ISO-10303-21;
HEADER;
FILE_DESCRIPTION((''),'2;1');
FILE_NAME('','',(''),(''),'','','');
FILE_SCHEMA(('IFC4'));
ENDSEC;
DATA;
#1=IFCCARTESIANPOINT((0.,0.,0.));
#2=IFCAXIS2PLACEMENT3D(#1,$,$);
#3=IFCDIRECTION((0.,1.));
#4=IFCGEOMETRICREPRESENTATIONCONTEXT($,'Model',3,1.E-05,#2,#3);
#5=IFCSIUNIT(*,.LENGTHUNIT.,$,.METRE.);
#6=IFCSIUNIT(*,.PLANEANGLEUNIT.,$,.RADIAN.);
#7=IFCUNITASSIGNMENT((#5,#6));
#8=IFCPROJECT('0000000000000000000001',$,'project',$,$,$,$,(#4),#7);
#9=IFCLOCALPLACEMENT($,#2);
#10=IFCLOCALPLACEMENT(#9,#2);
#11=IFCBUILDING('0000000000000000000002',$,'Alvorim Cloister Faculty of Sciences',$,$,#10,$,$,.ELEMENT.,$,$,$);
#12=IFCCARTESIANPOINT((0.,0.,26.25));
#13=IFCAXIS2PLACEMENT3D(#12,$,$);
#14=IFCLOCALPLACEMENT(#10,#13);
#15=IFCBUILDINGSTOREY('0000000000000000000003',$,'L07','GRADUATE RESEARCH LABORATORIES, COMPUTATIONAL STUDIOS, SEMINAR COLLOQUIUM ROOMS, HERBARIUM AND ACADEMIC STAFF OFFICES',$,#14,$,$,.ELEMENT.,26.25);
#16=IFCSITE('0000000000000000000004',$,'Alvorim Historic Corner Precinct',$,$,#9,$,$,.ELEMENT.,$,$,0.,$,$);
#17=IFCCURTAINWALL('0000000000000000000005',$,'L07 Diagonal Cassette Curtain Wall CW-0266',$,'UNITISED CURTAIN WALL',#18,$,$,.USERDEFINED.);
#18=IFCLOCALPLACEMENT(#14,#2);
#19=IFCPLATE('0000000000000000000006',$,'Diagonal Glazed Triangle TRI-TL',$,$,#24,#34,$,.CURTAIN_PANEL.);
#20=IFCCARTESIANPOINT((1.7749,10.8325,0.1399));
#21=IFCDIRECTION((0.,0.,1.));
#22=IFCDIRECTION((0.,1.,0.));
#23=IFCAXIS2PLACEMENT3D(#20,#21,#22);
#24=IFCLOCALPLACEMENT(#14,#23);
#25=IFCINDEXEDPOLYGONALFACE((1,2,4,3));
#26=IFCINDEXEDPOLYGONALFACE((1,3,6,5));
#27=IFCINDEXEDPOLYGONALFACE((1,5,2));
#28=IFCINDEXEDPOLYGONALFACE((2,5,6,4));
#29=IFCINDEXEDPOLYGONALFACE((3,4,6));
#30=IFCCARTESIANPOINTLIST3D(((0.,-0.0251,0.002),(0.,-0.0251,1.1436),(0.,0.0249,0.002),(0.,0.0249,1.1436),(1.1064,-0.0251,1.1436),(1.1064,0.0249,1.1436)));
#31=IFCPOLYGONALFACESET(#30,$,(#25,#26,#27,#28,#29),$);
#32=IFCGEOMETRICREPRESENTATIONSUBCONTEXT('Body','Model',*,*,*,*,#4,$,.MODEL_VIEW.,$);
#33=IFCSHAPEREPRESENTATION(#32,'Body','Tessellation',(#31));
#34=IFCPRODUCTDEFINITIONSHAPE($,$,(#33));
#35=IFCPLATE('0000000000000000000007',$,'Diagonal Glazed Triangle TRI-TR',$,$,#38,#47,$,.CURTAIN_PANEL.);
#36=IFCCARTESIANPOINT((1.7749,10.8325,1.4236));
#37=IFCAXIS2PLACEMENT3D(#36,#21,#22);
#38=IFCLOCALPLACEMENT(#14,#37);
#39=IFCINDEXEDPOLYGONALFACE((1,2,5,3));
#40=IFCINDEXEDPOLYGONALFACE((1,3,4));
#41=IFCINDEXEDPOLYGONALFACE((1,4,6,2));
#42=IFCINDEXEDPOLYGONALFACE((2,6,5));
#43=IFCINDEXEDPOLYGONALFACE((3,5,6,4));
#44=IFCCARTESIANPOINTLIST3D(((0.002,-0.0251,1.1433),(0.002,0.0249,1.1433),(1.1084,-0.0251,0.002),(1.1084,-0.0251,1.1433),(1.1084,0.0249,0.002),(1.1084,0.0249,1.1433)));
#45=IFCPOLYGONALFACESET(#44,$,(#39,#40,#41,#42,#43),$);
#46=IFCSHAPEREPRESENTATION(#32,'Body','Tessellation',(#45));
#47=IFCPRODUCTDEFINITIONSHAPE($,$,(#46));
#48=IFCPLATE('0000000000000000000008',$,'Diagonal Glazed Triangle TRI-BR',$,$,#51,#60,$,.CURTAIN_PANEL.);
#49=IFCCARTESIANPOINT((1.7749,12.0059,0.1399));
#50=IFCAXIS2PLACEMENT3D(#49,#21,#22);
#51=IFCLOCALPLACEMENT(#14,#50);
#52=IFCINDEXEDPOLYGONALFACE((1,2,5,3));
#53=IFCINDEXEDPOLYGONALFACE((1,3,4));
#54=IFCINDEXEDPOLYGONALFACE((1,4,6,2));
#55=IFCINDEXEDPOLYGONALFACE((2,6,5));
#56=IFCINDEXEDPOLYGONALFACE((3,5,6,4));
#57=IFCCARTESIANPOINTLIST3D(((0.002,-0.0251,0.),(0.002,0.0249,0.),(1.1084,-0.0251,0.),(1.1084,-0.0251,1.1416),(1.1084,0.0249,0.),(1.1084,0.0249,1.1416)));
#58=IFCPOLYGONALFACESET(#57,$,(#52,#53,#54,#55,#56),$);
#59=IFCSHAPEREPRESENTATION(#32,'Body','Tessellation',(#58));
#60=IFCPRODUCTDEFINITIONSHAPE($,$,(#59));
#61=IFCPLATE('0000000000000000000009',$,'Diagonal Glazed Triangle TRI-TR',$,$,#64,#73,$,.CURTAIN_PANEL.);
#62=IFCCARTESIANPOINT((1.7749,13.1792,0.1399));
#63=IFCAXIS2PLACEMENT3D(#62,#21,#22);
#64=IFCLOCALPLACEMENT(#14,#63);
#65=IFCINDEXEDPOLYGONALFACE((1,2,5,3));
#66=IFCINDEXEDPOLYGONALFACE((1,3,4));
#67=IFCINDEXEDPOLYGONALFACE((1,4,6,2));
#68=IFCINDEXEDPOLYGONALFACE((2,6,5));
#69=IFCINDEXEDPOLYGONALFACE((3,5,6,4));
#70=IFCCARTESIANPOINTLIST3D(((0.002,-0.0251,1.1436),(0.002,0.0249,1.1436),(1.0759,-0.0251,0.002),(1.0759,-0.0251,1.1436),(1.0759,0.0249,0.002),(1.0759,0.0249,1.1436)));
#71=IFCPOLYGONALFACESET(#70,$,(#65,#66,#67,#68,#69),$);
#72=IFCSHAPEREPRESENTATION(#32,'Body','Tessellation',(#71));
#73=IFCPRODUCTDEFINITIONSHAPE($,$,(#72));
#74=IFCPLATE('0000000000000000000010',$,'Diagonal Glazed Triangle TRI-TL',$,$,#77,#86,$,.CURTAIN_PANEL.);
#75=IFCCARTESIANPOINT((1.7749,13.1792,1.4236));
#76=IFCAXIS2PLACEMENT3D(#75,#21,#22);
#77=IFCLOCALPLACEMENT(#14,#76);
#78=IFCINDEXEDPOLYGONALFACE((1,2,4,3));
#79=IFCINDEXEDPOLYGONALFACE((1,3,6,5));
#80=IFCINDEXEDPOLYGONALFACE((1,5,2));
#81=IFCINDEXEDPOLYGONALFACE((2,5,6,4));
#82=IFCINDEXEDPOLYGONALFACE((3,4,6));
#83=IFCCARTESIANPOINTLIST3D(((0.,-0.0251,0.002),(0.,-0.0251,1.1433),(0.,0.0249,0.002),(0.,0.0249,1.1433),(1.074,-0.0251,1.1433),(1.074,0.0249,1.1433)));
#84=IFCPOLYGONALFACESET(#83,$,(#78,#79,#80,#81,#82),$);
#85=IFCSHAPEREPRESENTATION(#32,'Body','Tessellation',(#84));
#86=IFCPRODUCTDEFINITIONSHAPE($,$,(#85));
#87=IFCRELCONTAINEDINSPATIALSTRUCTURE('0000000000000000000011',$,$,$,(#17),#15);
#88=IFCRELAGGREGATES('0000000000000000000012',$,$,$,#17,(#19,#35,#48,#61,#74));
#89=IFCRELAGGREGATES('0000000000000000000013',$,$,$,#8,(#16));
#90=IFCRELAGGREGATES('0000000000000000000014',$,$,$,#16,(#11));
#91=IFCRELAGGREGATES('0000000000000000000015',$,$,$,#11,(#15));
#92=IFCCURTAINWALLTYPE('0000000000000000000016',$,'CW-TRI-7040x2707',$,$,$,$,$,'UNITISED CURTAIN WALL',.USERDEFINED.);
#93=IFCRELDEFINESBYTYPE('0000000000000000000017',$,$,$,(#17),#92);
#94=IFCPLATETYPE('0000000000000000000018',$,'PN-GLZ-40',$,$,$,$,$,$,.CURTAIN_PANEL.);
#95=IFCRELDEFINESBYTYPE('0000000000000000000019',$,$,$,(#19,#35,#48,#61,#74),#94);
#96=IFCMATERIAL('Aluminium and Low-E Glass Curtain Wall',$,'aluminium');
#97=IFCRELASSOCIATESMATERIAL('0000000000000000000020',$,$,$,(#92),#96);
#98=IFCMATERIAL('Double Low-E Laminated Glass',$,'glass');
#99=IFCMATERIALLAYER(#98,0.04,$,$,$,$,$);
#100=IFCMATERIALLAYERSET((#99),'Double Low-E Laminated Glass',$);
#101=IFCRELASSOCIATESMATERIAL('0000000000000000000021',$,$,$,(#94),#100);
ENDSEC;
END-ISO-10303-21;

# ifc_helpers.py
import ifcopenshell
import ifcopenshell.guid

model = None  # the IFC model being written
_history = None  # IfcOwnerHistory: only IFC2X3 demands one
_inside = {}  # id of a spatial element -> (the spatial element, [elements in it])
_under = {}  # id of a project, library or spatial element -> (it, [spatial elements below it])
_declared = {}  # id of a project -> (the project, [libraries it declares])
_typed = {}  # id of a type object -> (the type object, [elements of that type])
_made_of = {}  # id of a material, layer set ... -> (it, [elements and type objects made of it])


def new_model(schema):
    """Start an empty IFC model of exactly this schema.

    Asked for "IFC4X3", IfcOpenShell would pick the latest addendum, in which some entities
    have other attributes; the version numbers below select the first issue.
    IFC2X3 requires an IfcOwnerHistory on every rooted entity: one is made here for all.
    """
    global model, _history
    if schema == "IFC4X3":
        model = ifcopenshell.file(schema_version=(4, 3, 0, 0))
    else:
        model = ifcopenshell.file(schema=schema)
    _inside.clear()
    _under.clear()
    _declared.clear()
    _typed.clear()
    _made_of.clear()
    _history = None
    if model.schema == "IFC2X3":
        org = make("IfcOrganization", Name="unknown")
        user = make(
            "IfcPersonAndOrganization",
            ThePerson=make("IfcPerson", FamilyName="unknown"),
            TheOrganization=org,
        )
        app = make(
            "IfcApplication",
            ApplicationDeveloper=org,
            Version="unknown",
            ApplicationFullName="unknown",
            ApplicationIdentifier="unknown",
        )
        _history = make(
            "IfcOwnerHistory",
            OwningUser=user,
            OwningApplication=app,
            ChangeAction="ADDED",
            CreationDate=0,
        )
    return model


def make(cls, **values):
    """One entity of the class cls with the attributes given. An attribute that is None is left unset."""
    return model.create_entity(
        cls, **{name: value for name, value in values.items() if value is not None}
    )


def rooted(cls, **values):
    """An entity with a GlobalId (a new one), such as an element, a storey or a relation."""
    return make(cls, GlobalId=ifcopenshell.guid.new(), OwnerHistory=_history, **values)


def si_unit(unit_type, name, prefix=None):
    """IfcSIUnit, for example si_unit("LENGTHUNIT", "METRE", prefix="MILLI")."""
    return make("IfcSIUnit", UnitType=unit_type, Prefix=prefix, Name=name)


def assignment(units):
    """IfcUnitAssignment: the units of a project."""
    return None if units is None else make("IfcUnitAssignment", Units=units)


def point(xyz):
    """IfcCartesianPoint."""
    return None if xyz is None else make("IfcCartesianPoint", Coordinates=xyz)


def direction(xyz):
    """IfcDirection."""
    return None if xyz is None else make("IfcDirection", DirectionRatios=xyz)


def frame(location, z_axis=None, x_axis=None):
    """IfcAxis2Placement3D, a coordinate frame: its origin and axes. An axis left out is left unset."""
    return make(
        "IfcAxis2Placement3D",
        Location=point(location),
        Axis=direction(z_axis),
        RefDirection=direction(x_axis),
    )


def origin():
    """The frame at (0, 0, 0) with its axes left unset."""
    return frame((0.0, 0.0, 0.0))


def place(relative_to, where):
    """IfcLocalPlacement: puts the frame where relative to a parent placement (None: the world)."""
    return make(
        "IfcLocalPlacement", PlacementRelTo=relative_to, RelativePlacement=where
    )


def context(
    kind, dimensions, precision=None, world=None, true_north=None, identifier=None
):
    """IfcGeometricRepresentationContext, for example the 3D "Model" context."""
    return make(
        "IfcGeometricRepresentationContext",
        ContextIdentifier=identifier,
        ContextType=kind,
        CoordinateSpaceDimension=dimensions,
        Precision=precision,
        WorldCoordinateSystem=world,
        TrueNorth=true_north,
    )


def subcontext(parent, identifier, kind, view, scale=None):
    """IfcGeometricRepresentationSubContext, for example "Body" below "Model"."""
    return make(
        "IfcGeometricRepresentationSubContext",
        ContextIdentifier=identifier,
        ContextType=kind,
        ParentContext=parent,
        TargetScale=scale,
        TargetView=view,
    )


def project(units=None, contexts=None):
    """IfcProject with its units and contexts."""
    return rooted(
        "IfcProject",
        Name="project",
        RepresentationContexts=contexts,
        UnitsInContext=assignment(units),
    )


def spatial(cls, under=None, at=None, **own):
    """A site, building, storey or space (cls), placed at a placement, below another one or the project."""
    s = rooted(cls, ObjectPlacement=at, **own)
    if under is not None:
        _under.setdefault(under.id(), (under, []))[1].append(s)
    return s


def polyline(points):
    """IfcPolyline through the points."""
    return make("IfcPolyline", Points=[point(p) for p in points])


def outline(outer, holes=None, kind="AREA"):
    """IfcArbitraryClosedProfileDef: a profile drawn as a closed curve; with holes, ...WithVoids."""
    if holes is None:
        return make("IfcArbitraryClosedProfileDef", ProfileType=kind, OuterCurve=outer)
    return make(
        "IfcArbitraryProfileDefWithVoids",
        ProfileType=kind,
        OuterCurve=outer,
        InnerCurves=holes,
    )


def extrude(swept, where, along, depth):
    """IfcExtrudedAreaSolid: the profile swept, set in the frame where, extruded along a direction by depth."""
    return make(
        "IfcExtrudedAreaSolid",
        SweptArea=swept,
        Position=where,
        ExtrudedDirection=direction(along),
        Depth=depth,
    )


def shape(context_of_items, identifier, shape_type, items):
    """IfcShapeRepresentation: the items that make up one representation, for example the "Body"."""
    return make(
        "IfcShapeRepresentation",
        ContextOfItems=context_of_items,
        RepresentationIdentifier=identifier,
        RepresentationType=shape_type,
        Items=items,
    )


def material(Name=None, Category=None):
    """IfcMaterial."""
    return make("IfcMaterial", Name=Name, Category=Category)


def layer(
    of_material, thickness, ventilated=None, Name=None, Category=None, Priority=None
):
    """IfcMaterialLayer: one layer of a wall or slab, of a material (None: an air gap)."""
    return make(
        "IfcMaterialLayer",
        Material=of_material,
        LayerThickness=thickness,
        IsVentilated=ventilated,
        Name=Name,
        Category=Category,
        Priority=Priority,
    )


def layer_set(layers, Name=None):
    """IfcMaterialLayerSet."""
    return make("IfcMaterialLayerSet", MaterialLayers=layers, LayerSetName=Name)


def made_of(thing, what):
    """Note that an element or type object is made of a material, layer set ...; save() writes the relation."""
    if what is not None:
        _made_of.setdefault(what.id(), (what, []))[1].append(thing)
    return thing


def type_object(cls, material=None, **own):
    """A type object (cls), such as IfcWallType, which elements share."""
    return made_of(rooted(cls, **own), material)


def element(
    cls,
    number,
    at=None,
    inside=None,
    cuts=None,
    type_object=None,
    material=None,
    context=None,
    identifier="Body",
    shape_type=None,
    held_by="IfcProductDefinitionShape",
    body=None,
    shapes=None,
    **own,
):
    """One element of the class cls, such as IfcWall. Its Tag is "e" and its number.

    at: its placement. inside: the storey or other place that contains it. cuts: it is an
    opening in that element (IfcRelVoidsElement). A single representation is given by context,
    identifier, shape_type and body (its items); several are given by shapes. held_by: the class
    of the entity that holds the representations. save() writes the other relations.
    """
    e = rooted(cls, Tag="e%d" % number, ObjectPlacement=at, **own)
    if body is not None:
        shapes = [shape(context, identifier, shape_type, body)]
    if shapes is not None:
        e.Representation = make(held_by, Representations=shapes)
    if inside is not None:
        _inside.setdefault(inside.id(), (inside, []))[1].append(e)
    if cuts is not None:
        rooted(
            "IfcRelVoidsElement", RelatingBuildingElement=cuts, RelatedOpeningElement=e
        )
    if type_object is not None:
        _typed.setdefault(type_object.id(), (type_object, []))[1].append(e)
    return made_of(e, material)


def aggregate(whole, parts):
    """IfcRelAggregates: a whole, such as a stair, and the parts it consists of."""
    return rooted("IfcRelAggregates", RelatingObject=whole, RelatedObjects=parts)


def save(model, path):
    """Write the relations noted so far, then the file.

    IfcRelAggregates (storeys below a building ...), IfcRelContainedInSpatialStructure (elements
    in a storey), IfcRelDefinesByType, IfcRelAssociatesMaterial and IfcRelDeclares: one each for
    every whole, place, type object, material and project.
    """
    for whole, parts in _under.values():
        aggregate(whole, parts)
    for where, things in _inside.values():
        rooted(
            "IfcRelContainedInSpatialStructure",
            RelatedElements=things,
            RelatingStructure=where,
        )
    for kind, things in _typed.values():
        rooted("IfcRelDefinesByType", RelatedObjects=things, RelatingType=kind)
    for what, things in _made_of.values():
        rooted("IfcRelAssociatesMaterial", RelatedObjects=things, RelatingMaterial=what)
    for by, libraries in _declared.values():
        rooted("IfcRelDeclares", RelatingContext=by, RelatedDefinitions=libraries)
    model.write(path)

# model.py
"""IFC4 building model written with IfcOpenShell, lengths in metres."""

from ifc_helpers import new_model, si_unit, direction, frame, origin, place, context, subcontext, project, spatial, polyline, outline, extrude, material, layer, layer_set, type_object, element, aggregate, save


model = new_model("IFC4")

# Units and contexts
model_context = context("Model", 3, precision=1e-05, world=origin(), true_north=direction((0.0, 1.0)))
body_context = subcontext(model_context, "Body", "Model", "MODEL_VIEW")
ifc_project = project(units=[si_unit("LENGTHUNIT", "METRE"), si_unit("PLANEANGLEUNIT", "RADIAN")], contexts=[model_context])

# Site, building, storey
site_placement = place(None, origin())
site = spatial("IfcSite", under=ifc_project, at=site_placement, Name="Alvorim Historic Corner Precinct", CompositionType="ELEMENT", RefElevation=0.0)
building_placement = place(site_placement, origin())
building = spatial("IfcBuilding", under=site, at=building_placement, Name="Alvorim Cloister Faculty of Sciences", CompositionType="ELEMENT")
storey_placement = place(building_placement, frame((0.0, 0.0, 26.25)))
storey = spatial("IfcBuildingStorey", under=building, at=storey_placement, Name="L07", Description="GRADUATE RESEARCH LABORATORIES, COMPUTATIONAL STUDIOS, SEMINAR COLLOQUIUM ROOMS, HERBARIUM AND ACADEMIC STAFF OFFICES", CompositionType="ELEMENT", Elevation=26.25)

# Curtain wall, plates
ifc_material_1 = material(Name="Aluminium and Low-E Glass Curtain Wall", Category="aluminium")
curtain_wall_type = type_object("IfcCurtainWallType", Name="CW-TRI-7040x2707", ElementType="UNITISED CURTAIN WALL", PredefinedType="USERDEFINED", material=ifc_material_1)
curtain_wall_placement = place(storey_placement, origin())
curtain_wall = element("IfcCurtainWall", 1, at=curtain_wall_placement, inside=storey, type_object=curtain_wall_type, Name="L07 Diagonal Cassette Curtain Wall CW-0266", ObjectType="UNITISED CURTAIN WALL", PredefinedType="USERDEFINED")
ifc_material_2 = material(Name="Double Low-E Laminated Glass", Category="glass")
ifc_layer_1 = layer(ifc_material_2, 0.04)
ifc_layer_set_1 = layer_set([ifc_layer_1], Name="Double Low-E Laminated Glass")
plate_type = type_object("IfcPlateType", Name="PN-GLZ-40", PredefinedType="CURTAIN_PANEL", material=ifc_layer_set_1)
plate_1_placement = place(storey_placement, frame((1.7749, 10.8325, 0.1399), z_axis=(0.0, 0.0, 1.0), x_axis=(0.0, 1.0, 0.0)))
plate_1 = element("IfcPlate", 2, at=plate_1_placement, type_object=plate_type, Name="Diagonal Glazed Triangle TRI-TL", PredefinedType="CURTAIN_PANEL", context=body_context, shape_type="SweptSolid", body=[
    extrude(outline(polyline([(1.1064, 1.1436), (0.0, 1.1436), (0.0, 0.002), (1.1064, 1.1436)])), frame((0.0, 0.0249, 0.0), z_axis=(0.0, -1.0, 0.0), x_axis=(1.0, 0.0, 0.0)), (0.0, 0.0, 1.0), 0.05),
])
plate_2_placement = place(storey_placement, frame((1.7749, 10.8325, 1.4236), z_axis=(0.0, 0.0, 1.0), x_axis=(0.0, 1.0, 0.0)))
plate_2 = element("IfcPlate", 3, at=plate_2_placement, type_object=plate_type, Name="Diagonal Glazed Triangle TRI-TR", PredefinedType="CURTAIN_PANEL", context=body_context, shape_type="SweptSolid", body=[
    extrude(outline(polyline([(1.1084, 0.002), (1.1084, 1.1433), (0.002, 1.1433), (1.1084, 0.002)])), frame((0.0, 0.0249, 0.0), z_axis=(0.0, -1.0, 0.0), x_axis=(1.0, 0.0, 0.0)), (0.0, 0.0, 1.0), 0.05),
])
plate_3_placement = place(storey_placement, frame((1.7749, 12.0059, 0.1399), z_axis=(0.0, 0.0, 1.0), x_axis=(0.0, 1.0, 0.0)))
plate_3 = element("IfcPlate", 4, at=plate_3_placement, type_object=plate_type, Name="Diagonal Glazed Triangle TRI-BR", PredefinedType="CURTAIN_PANEL", context=body_context, shape_type="SweptSolid", body=[
    extrude(outline(polyline([(0.002, 0.0), (1.1084, 0.0), (1.1084, 1.1416), (0.002, 0.0)])), frame((0.0, 0.0249, 0.0), z_axis=(0.0, -1.0, 0.0), x_axis=(1.0, 0.0, 0.0)), (0.0, 0.0, 1.0), 0.05),
])
plate_4_placement = place(storey_placement, frame((1.7749, 13.1792, 0.1399), z_axis=(0.0, 0.0, 1.0), x_axis=(0.0, 1.0, 0.0)))
plate_4 = element("IfcPlate", 5, at=plate_4_placement, type_object=plate_type, Name="Diagonal Glazed Triangle TRI-TR", PredefinedType="CURTAIN_PANEL", context=body_context, shape_type="SweptSolid", body=[
    extrude(outline(polyline([(1.0759, 0.002), (1.0759, 1.1436), (0.002, 1.1436), (1.0759, 0.002)])), frame((0.0, 0.0249, 0.0), z_axis=(0.0, -1.0, 0.0), x_axis=(1.0, 0.0, 0.0)), (0.0, 0.0, 1.0), 0.05),
])
plate_5_placement = place(storey_placement, frame((1.7749, 13.1792, 1.4236), z_axis=(0.0, 0.0, 1.0), x_axis=(0.0, 1.0, 0.0)))
plate_5 = element("IfcPlate", 6, at=plate_5_placement, type_object=plate_type, Name="Diagonal Glazed Triangle TRI-TL", PredefinedType="CURTAIN_PANEL", context=body_context, shape_type="SweptSolid", body=[
    extrude(outline(polyline([(1.074, 1.1433), (0.0, 1.1433), (0.0, 0.002), (1.074, 1.1433)])), frame((0.0, 0.0249, 0.0), z_axis=(0.0, -1.0, 0.0), x_axis=(1.0, 0.0, 0.0)), (0.0, 0.0, 1.0), 0.05),
])
aggregate(curtain_wall, [plate_1, plate_2, plate_3, plate_4, plate_5])

save(model, "model.ifc")
